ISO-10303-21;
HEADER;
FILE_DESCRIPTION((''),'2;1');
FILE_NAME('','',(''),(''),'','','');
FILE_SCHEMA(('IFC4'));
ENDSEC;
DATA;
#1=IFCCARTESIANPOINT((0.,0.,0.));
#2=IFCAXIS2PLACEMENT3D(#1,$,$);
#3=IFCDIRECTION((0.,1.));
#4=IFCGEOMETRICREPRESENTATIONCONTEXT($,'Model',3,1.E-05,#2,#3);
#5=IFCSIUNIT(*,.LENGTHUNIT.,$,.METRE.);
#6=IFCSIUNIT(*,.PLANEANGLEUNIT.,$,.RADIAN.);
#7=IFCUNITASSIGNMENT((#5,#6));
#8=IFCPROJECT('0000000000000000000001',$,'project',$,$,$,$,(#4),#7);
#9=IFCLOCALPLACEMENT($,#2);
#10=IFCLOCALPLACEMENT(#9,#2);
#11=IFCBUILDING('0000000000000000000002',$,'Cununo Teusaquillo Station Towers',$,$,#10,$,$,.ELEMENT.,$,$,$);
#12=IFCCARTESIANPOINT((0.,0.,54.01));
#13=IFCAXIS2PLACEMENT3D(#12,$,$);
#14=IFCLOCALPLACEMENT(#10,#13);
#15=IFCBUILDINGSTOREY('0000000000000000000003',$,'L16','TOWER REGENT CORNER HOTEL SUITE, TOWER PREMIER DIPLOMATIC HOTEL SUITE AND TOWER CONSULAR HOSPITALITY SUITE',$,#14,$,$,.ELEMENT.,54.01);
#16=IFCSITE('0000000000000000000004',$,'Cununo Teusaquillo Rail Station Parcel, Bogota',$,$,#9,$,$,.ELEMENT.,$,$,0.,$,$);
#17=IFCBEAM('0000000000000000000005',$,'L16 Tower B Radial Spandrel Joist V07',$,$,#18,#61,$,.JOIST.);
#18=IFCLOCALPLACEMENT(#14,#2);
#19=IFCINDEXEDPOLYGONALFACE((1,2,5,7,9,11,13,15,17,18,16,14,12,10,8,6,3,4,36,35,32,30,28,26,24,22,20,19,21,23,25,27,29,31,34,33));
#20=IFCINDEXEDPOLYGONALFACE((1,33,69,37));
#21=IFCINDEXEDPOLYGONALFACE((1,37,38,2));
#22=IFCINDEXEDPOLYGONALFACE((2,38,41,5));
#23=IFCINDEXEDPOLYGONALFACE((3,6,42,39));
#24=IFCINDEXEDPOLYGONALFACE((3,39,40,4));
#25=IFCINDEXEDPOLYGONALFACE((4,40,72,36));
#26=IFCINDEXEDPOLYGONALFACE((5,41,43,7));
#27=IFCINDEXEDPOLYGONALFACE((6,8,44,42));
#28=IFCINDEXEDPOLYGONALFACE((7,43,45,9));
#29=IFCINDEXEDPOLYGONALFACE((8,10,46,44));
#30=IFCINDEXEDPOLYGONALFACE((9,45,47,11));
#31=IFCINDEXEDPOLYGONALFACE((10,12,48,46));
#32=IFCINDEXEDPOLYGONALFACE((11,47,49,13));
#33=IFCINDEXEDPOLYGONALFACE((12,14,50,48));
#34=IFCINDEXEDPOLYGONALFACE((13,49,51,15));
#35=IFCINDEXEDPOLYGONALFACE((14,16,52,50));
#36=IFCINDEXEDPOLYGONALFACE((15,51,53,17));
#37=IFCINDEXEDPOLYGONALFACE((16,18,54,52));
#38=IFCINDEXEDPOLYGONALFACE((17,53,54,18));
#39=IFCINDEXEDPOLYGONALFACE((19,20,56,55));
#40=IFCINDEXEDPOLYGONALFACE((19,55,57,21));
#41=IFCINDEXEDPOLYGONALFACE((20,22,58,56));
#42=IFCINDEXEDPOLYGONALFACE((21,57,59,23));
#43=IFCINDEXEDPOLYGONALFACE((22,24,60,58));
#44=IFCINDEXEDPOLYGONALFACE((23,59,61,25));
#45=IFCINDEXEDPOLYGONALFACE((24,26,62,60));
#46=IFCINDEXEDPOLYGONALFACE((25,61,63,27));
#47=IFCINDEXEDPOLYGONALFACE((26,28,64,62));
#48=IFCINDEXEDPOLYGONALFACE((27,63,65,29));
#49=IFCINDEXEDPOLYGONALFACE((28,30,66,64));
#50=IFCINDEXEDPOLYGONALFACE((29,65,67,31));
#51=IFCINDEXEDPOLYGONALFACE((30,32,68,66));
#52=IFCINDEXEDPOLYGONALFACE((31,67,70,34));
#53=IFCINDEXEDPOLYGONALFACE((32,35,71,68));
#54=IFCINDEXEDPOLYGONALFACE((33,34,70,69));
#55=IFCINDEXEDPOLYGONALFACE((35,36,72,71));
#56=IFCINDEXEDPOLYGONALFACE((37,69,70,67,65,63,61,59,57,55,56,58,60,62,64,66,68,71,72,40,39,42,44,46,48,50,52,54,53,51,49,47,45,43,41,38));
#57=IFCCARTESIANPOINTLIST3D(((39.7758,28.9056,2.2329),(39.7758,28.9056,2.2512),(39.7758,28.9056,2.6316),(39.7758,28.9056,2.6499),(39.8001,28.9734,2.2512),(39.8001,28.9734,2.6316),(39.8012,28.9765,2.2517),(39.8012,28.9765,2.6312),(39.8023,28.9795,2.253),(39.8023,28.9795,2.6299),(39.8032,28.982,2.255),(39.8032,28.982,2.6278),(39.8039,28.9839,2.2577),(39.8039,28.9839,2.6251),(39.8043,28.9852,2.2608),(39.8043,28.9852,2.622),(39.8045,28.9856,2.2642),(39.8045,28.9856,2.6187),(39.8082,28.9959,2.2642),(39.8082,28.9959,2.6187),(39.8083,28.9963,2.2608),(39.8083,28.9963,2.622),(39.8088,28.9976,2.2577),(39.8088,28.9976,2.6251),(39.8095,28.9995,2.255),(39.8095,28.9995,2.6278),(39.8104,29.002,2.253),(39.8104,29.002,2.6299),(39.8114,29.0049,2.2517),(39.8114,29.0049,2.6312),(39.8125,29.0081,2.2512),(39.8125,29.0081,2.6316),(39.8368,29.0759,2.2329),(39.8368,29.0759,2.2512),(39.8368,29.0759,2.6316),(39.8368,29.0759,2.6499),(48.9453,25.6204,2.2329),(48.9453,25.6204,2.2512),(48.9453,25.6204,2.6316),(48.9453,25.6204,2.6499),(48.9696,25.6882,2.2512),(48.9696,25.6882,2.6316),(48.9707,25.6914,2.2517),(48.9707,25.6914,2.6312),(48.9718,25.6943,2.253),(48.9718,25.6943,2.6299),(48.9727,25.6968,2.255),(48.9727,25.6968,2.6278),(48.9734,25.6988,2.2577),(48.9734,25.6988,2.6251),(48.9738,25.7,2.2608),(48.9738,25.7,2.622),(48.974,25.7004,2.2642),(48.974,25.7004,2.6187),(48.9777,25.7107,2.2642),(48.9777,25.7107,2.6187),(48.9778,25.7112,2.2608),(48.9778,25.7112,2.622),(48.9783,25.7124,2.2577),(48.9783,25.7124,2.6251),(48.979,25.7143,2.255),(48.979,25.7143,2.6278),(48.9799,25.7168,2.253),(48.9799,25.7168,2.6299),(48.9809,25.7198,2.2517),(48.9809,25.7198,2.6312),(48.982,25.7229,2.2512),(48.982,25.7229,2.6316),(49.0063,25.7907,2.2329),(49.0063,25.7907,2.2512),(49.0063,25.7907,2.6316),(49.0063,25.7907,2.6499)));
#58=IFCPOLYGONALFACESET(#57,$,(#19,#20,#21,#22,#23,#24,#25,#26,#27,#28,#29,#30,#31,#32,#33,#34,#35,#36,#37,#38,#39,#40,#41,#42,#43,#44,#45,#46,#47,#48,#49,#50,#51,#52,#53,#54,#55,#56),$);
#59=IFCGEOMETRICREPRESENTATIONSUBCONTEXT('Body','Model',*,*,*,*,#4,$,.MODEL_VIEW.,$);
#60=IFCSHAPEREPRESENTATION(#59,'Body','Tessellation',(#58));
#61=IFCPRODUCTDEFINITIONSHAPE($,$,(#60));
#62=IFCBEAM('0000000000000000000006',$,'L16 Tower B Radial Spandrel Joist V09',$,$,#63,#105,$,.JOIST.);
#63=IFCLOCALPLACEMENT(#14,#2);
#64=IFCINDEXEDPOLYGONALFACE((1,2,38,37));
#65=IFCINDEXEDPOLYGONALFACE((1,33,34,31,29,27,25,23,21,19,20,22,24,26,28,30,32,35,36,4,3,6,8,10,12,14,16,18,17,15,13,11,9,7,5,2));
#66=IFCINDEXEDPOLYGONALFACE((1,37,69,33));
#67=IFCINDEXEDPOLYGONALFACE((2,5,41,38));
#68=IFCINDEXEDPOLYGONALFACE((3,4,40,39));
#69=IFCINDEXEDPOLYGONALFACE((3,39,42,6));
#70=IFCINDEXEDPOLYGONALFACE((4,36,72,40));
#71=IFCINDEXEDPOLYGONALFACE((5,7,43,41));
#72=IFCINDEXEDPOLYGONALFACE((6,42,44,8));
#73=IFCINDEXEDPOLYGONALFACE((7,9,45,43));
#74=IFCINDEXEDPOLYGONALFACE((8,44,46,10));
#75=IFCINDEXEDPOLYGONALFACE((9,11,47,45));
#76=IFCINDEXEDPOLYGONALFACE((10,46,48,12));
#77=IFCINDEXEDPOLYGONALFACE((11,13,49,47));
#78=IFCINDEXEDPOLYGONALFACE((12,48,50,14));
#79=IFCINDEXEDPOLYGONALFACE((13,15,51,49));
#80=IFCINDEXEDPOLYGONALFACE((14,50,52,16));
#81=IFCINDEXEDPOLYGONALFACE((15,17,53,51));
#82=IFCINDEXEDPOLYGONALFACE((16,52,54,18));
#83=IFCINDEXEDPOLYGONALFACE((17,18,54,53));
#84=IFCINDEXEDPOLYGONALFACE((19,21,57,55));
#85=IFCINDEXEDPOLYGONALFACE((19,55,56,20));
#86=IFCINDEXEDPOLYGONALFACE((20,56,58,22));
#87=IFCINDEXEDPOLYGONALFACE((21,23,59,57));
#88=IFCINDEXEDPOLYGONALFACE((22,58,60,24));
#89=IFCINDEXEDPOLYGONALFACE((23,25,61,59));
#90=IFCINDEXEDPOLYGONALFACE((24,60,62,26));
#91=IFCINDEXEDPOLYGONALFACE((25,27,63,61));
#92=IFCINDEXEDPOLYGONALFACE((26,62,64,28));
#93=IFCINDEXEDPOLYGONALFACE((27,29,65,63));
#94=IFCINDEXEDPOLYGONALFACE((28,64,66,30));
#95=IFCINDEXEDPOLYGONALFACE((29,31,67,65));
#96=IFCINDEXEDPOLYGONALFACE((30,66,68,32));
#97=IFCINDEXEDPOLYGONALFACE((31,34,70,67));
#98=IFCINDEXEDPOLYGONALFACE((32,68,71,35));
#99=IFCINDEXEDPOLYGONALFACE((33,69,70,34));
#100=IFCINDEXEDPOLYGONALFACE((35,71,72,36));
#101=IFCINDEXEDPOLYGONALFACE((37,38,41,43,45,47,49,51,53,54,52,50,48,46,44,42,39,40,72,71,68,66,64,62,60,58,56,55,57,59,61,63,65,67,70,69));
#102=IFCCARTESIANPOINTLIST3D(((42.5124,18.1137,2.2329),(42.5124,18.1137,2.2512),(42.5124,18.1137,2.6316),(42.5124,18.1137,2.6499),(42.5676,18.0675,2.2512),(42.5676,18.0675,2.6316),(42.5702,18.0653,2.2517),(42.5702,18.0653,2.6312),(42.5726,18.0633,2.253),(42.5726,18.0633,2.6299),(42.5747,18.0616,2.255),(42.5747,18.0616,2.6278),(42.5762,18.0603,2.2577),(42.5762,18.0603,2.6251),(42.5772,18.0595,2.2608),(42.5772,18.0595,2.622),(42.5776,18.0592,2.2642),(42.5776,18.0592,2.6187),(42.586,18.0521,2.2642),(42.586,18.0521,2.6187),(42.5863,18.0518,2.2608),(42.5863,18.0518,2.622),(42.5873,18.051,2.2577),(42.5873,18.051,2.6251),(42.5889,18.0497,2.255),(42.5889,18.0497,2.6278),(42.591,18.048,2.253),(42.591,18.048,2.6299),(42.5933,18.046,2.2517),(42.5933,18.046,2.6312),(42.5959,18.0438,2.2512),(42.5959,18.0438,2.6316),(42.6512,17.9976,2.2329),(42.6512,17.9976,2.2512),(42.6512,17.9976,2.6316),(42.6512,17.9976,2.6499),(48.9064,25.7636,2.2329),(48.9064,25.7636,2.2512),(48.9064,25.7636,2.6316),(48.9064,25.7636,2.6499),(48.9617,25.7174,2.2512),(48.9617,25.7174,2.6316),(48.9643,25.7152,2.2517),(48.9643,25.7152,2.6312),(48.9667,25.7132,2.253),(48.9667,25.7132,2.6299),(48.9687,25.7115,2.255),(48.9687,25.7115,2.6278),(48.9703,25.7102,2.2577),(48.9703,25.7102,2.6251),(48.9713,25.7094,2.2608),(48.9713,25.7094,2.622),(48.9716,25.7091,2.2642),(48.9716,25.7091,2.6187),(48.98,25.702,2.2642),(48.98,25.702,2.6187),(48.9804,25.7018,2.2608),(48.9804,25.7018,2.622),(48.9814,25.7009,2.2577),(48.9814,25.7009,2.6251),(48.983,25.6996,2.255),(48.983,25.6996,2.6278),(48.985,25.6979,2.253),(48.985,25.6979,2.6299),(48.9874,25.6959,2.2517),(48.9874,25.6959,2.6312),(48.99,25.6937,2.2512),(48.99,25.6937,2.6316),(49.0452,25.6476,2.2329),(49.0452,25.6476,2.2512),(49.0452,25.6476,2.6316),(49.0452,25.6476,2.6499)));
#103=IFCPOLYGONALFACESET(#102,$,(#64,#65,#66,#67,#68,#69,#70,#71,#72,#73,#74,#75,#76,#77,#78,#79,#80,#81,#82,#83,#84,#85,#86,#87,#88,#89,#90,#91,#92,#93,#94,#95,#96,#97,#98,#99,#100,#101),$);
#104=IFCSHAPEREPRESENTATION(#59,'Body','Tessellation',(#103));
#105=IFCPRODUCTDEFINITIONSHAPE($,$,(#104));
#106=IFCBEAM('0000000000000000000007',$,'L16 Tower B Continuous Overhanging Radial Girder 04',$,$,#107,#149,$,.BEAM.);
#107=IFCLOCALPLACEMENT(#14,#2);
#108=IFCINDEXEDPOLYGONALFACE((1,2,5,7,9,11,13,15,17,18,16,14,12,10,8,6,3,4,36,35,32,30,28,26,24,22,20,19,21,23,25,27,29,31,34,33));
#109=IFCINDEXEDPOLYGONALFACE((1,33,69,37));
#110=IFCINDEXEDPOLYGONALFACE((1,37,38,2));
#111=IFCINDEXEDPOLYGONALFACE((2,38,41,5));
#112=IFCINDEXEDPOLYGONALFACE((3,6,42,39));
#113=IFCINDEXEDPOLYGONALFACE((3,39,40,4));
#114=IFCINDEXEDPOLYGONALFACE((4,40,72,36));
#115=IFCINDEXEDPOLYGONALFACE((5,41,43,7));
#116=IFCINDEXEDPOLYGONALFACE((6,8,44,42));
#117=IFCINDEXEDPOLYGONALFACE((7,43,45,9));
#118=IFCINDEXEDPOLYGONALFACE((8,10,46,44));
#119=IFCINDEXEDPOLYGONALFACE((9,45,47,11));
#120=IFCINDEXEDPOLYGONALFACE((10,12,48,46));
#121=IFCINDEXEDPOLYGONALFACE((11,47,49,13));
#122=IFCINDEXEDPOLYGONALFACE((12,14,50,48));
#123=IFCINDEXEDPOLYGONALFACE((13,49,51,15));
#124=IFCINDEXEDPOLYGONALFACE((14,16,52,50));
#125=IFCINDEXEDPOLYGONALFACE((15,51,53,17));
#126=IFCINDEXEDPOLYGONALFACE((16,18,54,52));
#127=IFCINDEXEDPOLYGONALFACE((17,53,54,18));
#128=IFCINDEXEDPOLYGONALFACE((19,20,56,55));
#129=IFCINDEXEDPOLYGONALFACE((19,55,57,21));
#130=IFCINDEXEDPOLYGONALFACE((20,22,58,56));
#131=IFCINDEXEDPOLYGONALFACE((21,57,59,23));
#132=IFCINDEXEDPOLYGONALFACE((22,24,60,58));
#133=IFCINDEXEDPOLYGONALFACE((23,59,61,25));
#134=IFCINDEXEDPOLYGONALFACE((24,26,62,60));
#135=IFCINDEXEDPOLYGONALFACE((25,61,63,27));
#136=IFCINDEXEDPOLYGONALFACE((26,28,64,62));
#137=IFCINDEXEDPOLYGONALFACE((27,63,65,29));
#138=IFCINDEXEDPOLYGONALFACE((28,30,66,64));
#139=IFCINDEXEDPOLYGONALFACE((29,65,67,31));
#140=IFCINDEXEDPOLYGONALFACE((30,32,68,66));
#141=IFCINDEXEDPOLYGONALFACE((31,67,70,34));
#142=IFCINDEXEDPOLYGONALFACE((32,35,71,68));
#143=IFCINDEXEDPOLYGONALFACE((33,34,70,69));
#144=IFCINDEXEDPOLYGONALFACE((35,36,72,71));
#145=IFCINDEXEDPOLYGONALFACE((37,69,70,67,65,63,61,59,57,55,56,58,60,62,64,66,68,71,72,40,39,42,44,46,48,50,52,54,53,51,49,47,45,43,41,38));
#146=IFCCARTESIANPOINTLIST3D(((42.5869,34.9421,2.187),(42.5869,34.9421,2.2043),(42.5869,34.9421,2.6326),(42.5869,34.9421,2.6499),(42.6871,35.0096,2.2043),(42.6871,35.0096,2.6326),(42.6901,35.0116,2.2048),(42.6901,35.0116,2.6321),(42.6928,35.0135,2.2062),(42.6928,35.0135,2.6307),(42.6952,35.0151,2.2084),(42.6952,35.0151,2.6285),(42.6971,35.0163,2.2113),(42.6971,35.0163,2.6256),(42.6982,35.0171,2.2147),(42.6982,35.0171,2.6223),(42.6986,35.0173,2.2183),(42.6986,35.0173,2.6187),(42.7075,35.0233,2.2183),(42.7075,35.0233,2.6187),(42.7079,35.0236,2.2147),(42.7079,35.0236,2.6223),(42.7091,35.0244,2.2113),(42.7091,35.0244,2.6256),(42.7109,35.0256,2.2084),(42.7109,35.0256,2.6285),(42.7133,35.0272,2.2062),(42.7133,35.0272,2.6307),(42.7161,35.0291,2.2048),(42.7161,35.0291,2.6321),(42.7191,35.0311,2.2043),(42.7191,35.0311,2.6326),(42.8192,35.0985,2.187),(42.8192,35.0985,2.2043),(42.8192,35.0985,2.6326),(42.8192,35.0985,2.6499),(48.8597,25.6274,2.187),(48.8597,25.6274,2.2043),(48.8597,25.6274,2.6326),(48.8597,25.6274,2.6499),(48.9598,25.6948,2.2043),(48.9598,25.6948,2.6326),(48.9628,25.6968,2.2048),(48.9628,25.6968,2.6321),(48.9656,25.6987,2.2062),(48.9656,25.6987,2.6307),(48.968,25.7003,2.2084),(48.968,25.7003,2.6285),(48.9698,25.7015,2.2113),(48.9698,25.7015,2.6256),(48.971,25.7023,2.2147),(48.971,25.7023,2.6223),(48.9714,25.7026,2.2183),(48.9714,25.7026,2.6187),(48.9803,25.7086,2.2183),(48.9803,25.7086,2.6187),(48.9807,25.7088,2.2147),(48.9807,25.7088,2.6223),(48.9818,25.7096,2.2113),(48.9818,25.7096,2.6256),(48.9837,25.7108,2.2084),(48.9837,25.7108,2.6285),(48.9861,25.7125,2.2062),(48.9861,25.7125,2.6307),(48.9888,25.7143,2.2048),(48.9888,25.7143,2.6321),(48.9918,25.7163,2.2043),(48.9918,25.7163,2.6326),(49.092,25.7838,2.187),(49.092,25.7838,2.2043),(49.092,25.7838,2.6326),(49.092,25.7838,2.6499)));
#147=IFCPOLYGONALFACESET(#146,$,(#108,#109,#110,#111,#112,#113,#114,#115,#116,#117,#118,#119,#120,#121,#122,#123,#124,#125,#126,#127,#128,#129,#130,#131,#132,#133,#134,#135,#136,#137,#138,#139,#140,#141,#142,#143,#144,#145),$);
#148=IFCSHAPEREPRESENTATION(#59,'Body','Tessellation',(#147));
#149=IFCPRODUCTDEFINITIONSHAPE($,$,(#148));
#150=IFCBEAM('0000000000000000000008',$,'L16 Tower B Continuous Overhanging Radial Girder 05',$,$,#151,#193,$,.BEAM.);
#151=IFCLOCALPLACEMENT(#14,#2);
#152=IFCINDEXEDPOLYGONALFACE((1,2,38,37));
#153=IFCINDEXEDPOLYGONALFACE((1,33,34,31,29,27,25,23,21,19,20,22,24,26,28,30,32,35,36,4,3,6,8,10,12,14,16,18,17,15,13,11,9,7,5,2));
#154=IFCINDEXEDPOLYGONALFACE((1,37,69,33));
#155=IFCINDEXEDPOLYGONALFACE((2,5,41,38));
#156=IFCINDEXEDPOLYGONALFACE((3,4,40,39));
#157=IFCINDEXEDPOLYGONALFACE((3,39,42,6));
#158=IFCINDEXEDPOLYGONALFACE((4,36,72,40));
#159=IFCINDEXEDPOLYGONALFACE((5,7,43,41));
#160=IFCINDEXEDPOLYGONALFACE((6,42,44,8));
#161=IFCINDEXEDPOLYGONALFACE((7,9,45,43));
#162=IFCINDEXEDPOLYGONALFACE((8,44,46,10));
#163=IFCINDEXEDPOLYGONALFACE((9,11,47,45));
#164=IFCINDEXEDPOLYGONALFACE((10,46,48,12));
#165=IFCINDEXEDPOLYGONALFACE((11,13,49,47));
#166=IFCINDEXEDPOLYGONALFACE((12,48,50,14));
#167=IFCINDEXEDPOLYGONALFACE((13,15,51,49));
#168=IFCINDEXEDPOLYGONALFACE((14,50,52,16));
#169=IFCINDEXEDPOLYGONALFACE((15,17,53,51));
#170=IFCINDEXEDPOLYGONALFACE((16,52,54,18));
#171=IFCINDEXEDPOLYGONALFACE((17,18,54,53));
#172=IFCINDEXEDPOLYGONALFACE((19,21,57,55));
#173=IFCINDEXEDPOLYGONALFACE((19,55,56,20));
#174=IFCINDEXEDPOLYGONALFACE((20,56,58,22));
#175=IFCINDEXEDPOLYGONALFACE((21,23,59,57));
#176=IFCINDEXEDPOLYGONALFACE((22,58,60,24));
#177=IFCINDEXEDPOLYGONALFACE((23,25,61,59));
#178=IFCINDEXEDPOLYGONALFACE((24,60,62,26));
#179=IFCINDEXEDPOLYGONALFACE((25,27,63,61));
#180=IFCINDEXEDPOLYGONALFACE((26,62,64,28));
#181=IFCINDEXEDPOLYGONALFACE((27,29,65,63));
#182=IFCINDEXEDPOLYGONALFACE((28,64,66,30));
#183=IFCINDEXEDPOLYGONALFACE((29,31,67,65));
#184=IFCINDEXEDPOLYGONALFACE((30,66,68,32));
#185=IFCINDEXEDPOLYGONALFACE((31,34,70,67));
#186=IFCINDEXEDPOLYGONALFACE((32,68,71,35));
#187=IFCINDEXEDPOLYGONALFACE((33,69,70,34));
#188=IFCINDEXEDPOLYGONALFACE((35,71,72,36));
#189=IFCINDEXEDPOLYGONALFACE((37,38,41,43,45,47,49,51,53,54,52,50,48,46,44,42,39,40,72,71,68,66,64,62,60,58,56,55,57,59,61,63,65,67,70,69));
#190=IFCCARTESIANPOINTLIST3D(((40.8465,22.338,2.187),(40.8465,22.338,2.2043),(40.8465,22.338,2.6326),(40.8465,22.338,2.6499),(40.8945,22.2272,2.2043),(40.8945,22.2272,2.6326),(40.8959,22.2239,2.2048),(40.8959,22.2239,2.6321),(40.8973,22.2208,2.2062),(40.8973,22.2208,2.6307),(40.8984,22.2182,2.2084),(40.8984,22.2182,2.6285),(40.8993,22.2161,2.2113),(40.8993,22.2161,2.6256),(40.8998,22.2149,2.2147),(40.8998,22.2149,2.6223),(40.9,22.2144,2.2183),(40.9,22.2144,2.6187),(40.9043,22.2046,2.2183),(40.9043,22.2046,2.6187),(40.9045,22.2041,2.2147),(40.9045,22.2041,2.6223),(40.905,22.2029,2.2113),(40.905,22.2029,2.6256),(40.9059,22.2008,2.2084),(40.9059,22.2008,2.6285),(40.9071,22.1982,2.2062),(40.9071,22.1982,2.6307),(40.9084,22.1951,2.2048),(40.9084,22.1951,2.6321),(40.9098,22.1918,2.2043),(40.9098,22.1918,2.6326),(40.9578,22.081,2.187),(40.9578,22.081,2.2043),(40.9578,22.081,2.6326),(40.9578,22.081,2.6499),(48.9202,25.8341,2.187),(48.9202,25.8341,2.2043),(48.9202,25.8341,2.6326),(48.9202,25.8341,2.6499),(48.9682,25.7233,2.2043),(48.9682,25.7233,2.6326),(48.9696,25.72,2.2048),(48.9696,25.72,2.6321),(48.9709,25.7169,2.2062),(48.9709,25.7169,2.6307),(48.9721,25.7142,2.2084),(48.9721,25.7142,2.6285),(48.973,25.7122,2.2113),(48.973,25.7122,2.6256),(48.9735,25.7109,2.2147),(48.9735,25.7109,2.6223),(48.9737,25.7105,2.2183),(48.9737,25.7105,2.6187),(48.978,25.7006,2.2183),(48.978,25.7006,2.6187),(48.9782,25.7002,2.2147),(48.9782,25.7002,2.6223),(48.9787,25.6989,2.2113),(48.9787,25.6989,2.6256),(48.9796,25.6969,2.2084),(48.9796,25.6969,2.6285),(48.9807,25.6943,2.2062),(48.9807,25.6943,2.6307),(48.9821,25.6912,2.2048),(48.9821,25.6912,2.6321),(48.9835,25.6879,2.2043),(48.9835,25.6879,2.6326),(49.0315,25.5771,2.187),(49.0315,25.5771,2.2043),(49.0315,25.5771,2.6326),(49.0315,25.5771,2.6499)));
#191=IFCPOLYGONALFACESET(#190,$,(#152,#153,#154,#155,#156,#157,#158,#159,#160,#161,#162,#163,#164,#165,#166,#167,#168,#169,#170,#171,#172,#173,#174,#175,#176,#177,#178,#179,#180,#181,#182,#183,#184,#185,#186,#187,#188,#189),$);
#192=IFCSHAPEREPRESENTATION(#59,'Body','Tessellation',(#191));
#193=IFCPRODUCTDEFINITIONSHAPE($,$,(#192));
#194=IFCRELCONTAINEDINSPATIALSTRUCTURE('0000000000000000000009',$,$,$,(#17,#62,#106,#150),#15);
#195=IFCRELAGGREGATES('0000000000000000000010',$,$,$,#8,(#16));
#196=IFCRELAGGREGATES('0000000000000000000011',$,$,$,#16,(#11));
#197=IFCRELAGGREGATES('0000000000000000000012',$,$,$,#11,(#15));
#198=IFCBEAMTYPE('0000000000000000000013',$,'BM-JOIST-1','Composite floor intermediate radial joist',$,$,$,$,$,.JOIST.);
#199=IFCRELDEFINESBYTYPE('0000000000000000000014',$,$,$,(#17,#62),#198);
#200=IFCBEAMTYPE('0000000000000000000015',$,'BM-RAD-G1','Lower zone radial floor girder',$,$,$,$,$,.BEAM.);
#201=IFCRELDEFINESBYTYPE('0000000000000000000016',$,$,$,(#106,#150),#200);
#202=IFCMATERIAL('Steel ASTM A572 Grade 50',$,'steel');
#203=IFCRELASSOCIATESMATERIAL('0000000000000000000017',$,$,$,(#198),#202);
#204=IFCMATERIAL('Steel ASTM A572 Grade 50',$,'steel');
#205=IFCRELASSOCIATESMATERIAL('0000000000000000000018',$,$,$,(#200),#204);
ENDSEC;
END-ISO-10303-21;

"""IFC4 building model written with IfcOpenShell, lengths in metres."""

from ifc_helpers import new_model, si_unit, direction, frame, origin, origin_2d, place, context, subcontext, project, spatial, i_section, extrude, material, material_profile, profile_set, type_object, element, save


model = new_model("IFC4")

# Units and contexts
model_context = context("Model", 3, precision=1e-05, world=origin(), true_north=direction((0.0, 1.0)))
body_context = subcontext(model_context, "Body", "Model", "MODEL_VIEW")
ifc_project = project(units=[si_unit("LENGTHUNIT", "METRE"), si_unit("PLANEANGLEUNIT", "RADIAN")], contexts=[model_context])

# Site, building, storey
site_placement = place(None, origin())
site = spatial("IfcSite", under=ifc_project, at=site_placement, Name="Cununo Teusaquillo Rail Station Parcel, Bogota", CompositionType="ELEMENT", RefElevation=0.0)
building_placement = place(site_placement, origin())
building = spatial("IfcBuilding", under=site, at=building_placement, Name="Cununo Teusaquillo Station Towers", CompositionType="ELEMENT")
storey_placement = place(building_placement, frame((0.0, 0.0, 54.01)))
storey = spatial("IfcBuildingStorey", under=building, at=storey_placement, Name="L16", Description="TOWER REGENT CORNER HOTEL SUITE, TOWER PREMIER DIPLOMATIC HOTEL SUITE AND TOWER CONSULAR HOSPITALITY SUITE", CompositionType="ELEMENT", Elevation=54.01)

# Beams
ifc_material_1 = material(Name="Steel ASTM A572 Grade 50", Category="steel")
ifc_material_profile_1 = material_profile(ifc_material_1, i_section(OverallWidth=0.1809, OverallDepth=0.417, WebThickness=0.011, FlangeThickness=0.0183, FilletRadius=0.0129, at=origin_2d()), Name="W16X57")
ifc_profile_set_1 = profile_set([ifc_material_profile_1], Name="Steel ASTM A572 Grade 50")
beam_type_1 = type_object("IfcBeamType", Name="BM-JOIST-1", Description="Composite floor intermediate radial joist", PredefinedType="JOIST", material=ifc_profile_set_1)
beam_1_placement = place(storey_placement, frame((48.9758, 25.7056, 2.4414), z_axis=(-0.941405, 0.337279, 0.0), x_axis=(-0.337279, -0.941405, 0.0)))
element("IfcBeam", 1, at=beam_1_placement, inside=storey, type_object=beam_type_1, Name="L16 Tower B Radial Spandrel Joist V07", PredefinedType="JOIST", context=body_context, shape_type="SweptSolid", body=[
    extrude(i_section(OverallWidth=0.1809, OverallDepth=0.417, WebThickness=0.011, FlangeThickness=0.0183, FilletRadius=0.0129, at=origin_2d()), origin(), (0.0, 0.0, 1.0), 9.7402),
])
beam_2_placement = place(storey_placement, frame((48.9758, 25.7056, 2.4414), z_axis=(-0.641316, -0.767277, 0.0), x_axis=(0.767277, -0.641316, 0.0)))
element("IfcBeam", 2, at=beam_2_placement, inside=storey, type_object=beam_type_1, Name="L16 Tower B Radial Spandrel Joist V09", PredefinedType="JOIST", context=body_context, shape_type="SweptSolid", body=[
    extrude(i_section(OverallWidth=0.1809, OverallDepth=0.417, WebThickness=0.011, FlangeThickness=0.0183, FilletRadius=0.0129, at=origin_2d()), origin(), (0.0, 0.0, 1.0), 9.9702),
])
ifc_material_2 = material(Name="Steel ASTM A572 Grade 50", Category="steel")
ifc_material_profile_2 = material_profile(ifc_material_2, i_section(OverallWidth=0.28, OverallDepth=0.4629, WebThickness=0.0107, FlangeThickness=0.0173, FilletRadius=0.0139, at=origin_2d()), Name="W18X76")
ifc_profile_set_2 = profile_set([ifc_material_profile_2], Name="Steel ASTM A572 Grade 50")
beam_type_2 = type_object("IfcBeamType", Name="BM-RAD-G1", Description="Lower zone radial floor girder", PredefinedType="BEAM", material=ifc_profile_set_2)
beam_3_placement = place(storey_placement, frame((48.9758, 25.7056, 2.4185), z_axis=(-0.558572, 0.829456, 0.0), x_axis=(-0.829456, -0.558572, 0.0)))
element("IfcBeam", 3, at=beam_3_placement, inside=storey, type_object=beam_type_2, Name="L16 Tower B Continuous Overhanging Radial Girder 04", PredefinedType="BEAM", context=body_context, shape_type="SweptSolid", body=[
    extrude(i_section(OverallWidth=0.28, OverallDepth=0.4629, WebThickness=0.0107, FlangeThickness=0.0173, FilletRadius=0.0139, at=origin_2d()), origin(), (0.0, 0.0, 1.0), 11.23),
])
beam_4_placement = place(storey_placement, frame((48.9758, 25.7056, 2.4185), z_axis=(-0.91766, -0.397366, 0.0), x_axis=(0.397366, -0.91766, 0.0)))
element("IfcBeam", 4, at=beam_4_placement, inside=storey, type_object=beam_type_2, Name="L16 Tower B Continuous Overhanging Radial Girder 05", PredefinedType="BEAM", context=body_context, shape_type="SweptSolid", body=[
    extrude(i_section(OverallWidth=0.28, OverallDepth=0.4629, WebThickness=0.0107, FlangeThickness=0.0173, FilletRadius=0.0139, at=origin_2d()), origin(), (0.0, 0.0, 1.0), 8.7981),
])

save(model, "model.ifc")
